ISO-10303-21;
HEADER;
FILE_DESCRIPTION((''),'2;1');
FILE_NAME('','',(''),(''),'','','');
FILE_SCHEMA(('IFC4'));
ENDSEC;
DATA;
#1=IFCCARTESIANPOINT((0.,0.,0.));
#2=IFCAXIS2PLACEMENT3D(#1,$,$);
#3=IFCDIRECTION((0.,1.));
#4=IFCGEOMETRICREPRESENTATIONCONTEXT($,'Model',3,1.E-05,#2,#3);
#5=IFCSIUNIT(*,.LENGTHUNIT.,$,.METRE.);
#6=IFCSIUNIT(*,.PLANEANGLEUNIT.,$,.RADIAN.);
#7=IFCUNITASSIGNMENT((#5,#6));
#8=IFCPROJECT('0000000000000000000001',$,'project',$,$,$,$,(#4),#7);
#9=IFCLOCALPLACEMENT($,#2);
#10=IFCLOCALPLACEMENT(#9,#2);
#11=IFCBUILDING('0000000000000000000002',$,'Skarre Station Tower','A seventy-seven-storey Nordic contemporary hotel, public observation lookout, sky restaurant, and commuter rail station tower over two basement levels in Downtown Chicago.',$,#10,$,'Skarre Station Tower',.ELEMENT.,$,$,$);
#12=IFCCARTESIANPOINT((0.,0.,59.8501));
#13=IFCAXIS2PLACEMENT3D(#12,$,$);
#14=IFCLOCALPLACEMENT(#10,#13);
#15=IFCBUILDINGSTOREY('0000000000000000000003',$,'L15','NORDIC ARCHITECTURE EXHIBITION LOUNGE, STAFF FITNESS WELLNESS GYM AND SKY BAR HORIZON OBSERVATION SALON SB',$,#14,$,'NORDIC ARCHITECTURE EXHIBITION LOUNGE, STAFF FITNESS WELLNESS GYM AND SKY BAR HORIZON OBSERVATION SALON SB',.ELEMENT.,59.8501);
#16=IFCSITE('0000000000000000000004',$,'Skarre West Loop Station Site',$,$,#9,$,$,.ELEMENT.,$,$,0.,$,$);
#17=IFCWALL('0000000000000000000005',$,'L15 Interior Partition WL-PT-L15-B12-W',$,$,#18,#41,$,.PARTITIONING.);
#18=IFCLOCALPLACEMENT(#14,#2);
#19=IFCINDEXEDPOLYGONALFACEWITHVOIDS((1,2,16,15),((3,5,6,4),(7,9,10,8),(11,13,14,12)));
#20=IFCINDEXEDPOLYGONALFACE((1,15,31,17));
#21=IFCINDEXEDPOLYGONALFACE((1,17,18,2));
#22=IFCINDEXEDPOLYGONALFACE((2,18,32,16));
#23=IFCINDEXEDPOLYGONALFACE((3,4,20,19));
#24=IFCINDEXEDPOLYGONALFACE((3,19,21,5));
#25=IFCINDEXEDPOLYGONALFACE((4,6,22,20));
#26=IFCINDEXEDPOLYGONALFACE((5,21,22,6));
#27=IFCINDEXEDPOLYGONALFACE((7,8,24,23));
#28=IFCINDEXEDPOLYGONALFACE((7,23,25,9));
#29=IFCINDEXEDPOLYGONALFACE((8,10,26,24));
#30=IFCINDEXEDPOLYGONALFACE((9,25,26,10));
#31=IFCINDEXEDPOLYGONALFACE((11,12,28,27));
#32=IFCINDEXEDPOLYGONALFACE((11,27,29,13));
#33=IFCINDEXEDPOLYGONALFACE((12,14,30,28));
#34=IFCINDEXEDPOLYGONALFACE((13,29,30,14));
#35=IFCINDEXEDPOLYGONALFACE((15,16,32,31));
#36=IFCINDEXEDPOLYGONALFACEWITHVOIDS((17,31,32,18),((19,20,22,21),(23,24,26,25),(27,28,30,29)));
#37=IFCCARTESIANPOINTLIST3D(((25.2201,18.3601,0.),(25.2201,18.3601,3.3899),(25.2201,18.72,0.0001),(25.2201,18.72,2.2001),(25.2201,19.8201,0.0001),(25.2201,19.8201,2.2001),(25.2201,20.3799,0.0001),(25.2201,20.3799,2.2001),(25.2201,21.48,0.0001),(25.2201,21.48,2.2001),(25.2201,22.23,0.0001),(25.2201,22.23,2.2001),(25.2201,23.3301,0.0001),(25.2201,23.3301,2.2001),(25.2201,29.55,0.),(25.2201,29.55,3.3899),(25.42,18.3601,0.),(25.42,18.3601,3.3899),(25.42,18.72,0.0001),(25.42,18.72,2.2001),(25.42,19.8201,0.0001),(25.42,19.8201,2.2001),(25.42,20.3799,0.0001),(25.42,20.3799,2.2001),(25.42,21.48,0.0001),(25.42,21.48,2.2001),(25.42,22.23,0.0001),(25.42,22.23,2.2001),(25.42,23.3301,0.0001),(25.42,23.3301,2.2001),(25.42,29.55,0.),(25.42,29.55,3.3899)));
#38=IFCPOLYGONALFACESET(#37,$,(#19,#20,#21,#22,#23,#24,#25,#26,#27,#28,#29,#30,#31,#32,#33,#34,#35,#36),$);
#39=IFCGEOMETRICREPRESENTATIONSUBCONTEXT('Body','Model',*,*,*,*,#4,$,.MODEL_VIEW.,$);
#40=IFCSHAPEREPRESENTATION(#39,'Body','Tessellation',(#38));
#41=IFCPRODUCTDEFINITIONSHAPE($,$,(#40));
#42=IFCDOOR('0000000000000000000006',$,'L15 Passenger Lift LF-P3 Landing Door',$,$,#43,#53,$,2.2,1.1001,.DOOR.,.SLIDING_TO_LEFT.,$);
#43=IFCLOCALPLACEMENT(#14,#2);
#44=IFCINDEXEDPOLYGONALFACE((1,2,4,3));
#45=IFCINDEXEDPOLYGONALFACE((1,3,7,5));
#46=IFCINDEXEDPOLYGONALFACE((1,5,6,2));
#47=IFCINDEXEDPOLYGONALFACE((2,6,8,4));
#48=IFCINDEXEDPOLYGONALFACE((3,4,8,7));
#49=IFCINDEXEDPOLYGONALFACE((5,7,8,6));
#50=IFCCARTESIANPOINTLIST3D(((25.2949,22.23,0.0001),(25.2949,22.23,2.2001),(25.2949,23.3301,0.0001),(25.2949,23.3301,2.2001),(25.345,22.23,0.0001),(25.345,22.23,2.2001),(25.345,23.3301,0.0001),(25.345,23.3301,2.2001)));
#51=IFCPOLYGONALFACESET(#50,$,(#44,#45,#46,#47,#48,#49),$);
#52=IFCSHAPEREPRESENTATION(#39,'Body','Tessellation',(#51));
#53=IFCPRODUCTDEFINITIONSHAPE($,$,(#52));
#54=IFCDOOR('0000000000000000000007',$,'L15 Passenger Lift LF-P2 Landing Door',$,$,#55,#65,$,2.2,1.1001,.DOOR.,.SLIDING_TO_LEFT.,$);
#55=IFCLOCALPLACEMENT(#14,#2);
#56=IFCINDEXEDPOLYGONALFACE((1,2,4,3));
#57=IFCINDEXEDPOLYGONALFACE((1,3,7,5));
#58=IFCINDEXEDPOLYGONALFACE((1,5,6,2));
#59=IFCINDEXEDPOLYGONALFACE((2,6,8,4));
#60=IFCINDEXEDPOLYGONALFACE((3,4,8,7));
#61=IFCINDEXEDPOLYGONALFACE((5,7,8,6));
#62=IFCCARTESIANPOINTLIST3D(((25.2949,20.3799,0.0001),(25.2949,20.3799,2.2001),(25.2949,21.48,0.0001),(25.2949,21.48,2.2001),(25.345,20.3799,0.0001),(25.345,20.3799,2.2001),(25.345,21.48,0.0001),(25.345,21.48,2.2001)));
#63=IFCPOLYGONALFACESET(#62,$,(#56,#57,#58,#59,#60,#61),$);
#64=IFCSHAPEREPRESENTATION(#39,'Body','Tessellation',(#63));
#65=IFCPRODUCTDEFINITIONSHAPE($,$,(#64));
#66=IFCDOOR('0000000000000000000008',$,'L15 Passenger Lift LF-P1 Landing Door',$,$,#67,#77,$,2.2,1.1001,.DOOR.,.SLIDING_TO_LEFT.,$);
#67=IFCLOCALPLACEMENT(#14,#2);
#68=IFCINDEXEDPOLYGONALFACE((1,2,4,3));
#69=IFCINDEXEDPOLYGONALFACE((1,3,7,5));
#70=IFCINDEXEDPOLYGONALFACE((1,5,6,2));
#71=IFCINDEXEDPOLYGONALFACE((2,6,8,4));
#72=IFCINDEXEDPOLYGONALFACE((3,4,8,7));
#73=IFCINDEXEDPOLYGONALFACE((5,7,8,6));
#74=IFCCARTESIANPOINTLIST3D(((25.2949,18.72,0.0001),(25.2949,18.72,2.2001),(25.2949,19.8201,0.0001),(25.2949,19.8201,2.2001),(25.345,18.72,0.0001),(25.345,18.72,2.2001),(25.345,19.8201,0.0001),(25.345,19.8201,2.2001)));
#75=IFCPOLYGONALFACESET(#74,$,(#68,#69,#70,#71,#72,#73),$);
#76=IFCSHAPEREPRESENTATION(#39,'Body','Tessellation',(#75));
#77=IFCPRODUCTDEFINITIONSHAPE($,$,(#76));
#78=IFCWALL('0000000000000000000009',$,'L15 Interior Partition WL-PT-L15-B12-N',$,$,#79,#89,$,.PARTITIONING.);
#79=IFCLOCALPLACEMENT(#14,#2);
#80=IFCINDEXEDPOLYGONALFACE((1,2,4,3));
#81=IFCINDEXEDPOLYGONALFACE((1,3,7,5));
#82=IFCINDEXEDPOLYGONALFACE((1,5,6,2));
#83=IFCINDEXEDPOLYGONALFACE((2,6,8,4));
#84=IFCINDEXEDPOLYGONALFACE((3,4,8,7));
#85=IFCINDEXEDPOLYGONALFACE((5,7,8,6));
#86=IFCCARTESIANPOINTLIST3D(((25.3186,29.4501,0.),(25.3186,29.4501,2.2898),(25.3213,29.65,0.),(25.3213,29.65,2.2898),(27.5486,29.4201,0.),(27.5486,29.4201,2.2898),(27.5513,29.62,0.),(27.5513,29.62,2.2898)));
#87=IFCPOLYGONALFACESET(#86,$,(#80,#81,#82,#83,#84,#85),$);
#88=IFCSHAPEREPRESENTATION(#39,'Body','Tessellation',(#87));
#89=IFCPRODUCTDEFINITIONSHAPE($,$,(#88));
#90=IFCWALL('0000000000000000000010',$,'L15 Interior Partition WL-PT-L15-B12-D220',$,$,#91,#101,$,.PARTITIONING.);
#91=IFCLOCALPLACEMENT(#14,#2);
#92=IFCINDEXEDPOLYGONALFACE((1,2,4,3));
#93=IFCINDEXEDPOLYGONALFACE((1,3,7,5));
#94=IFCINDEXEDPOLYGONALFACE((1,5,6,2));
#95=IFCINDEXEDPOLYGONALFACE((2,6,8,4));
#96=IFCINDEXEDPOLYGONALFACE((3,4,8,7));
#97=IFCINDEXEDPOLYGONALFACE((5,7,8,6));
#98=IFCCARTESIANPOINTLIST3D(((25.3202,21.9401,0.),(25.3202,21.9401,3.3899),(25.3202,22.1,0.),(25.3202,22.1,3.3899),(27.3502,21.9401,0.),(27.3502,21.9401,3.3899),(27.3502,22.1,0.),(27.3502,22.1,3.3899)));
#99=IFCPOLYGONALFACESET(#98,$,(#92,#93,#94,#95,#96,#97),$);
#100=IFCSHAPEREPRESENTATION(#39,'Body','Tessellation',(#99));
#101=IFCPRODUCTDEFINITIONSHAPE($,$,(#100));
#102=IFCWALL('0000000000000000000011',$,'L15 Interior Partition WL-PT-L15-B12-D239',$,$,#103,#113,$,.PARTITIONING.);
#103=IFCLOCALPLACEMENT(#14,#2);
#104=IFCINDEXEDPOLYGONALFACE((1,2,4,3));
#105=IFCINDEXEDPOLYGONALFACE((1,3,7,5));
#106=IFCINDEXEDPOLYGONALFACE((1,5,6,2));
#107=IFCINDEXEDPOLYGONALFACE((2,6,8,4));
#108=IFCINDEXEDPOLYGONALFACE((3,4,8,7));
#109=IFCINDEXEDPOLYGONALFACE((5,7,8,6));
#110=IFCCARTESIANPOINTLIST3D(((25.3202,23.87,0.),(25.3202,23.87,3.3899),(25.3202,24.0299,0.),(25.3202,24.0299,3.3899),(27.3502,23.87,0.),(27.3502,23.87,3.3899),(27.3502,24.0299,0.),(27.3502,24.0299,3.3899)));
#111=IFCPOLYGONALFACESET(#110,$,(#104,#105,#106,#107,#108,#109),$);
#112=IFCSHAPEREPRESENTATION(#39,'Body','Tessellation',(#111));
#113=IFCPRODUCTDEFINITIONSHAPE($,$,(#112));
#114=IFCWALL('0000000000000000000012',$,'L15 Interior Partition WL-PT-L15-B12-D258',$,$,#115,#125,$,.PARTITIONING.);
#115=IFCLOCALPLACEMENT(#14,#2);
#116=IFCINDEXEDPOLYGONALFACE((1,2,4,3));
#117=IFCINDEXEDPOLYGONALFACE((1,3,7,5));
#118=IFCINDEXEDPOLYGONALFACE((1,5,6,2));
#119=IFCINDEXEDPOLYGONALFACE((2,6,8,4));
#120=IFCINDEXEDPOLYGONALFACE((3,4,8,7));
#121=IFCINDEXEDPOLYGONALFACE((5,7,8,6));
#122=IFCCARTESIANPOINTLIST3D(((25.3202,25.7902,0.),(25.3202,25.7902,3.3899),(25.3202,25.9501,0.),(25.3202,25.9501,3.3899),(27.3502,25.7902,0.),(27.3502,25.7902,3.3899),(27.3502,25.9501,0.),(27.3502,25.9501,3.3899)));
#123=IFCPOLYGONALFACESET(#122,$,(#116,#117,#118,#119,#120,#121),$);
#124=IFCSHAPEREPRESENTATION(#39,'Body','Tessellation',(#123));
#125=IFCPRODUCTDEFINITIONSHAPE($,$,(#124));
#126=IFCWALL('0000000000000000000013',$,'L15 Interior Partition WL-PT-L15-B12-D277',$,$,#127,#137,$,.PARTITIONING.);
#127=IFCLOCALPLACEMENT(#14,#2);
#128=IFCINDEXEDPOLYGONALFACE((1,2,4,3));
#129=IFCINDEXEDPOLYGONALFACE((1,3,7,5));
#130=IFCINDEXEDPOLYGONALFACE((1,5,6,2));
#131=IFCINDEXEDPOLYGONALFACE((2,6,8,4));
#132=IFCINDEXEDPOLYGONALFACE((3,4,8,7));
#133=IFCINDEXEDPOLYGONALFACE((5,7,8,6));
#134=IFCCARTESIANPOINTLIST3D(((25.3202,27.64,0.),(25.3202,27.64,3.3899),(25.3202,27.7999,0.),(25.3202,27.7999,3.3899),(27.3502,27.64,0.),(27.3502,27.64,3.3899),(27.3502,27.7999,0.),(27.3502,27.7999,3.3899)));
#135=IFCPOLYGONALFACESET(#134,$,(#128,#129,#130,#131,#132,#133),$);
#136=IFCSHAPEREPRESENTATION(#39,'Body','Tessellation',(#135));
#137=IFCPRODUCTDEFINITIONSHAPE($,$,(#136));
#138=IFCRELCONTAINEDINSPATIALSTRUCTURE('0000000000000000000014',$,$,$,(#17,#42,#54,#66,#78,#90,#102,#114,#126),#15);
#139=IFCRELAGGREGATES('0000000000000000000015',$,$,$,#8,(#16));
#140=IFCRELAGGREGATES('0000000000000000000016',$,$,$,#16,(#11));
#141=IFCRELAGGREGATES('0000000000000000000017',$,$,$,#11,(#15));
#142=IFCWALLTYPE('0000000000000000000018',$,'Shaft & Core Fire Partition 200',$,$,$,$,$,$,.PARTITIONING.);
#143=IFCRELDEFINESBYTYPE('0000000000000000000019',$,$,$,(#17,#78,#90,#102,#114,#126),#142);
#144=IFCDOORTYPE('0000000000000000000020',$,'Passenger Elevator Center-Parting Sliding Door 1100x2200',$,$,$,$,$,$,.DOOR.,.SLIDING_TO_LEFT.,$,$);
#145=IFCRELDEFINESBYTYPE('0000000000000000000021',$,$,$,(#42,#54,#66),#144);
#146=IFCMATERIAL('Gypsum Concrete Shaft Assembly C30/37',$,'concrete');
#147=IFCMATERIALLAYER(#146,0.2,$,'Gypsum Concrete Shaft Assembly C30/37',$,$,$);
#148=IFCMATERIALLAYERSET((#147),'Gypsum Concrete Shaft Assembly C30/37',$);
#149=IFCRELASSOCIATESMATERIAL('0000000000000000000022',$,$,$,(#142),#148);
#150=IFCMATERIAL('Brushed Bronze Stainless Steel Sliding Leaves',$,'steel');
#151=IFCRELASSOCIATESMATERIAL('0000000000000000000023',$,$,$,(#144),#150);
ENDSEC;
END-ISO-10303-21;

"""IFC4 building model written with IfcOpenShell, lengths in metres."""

from ifc_helpers import new_model, si_unit, direction, frame, frame_2d, origin, place, context, subcontext, project, spatial, rectangle, extrude, material, layer, layer_set, type_object, element, fill, save


model = new_model("IFC4")

# Units and contexts
model_context = context("Model", 3, precision=1e-05, world=origin(), true_north=direction((0.0, 1.0)))
body_context = subcontext(model_context, "Body", "Model", "MODEL_VIEW")
ifc_project = project(units=[si_unit("LENGTHUNIT", "METRE"), si_unit("PLANEANGLEUNIT", "RADIAN")], contexts=[model_context])

# Site, building, storey
site_placement = place(None, origin())
site = spatial("IfcSite", under=ifc_project, at=site_placement, Name="Skarre West Loop Station Site", CompositionType="ELEMENT", RefElevation=0.0)
building_placement = place(site_placement, origin())
building = spatial("IfcBuilding", under=site, at=building_placement, Name="Skarre Station Tower", Description="A seventy-seven-storey Nordic contemporary hotel, public observation lookout, sky restaurant, and commuter rail station tower over two basement levels in Downtown Chicago.", LongName="Skarre Station Tower", CompositionType="ELEMENT")
storey_placement = place(building_placement, frame((0.0, 0.0, 59.8501)))
storey = spatial("IfcBuildingStorey", under=building, at=storey_placement, Name="L15", Description="NORDIC ARCHITECTURE EXHIBITION LOUNGE, STAFF FITNESS WELLNESS GYM AND SKY BAR HORIZON OBSERVATION SALON SB", LongName="NORDIC ARCHITECTURE EXHIBITION LOUNGE, STAFF FITNESS WELLNESS GYM AND SKY BAR HORIZON OBSERVATION SALON SB", CompositionType="ELEMENT", Elevation=59.8501)

# Shared definitions
ifc_material_1 = material(Name="Gypsum Concrete Shaft Assembly C30/37", Category="concrete")
ifc_layer_1 = layer(ifc_material_1, 0.2, Name="Gypsum Concrete Shaft Assembly C30/37")
ifc_layer_set_1 = layer_set([ifc_layer_1], Name="Gypsum Concrete Shaft Assembly C30/37")
wall_type_1 = type_object("IfcWallType", Name="Shaft & Core Fire Partition 200", PredefinedType="PARTITIONING", material=ifc_layer_set_1)

# Wall, openings, doors
wall_1_placement = place(storey_placement, frame((25.3201, 29.55, 0.0), z_axis=(0.0, 0.0, 1.0), x_axis=(0.0, -1.0, 0.0)))
wall_1 = element("IfcWall", 1, at=wall_1_placement, inside=storey, type_object=wall_type_1, Name="L15 Interior Partition WL-PT-L15-B12-W", PredefinedType="PARTITIONING", context=body_context, shape_type="SweptSolid", body=[
    extrude(rectangle(XDim=11.1899, YDim=0.2, at=frame_2d((5.595, 0.0))), origin(), (0.0, 0.0, 1.0), 3.3899),
])
opening_1_placement = place(wall_1_placement, frame((6.22, 0.0, 0.0)))
opening_1 = element("IfcOpeningElement", 2, at=opening_1_placement, cuts=wall_1, PredefinedType="OPENING", context=body_context, shape_type="SweptSolid", body=[
    extrude(rectangle(XDim=1.1001, YDim=2.2, at=frame_2d((0.55, 1.1001))), frame((0.0, 0.1099, 0.0), z_axis=(0.0, -1.0, 0.0), x_axis=(1.0, 0.0, 0.0)), (0.0, 0.0, 1.0), 0.22),
])
opening_2_placement = place(wall_1_placement, frame((8.0701, 0.0, 0.0)))
opening_2 = element("IfcOpeningElement", 3, at=opening_2_placement, cuts=wall_1, PredefinedType="OPENING", context=body_context, shape_type="SweptSolid", body=[
    extrude(rectangle(XDim=1.1001, YDim=2.2, at=frame_2d((0.55, 1.1001))), frame((0.0, 0.1099, 0.0), z_axis=(0.0, -1.0, 0.0), x_axis=(1.0, 0.0, 0.0)), (0.0, 0.0, 1.0), 0.22),
])
opening_3_placement = place(wall_1_placement, frame((9.73, 0.0, 0.0)))
opening_3 = element("IfcOpeningElement", 4, at=opening_3_placement, cuts=wall_1, PredefinedType="OPENING", context=body_context, shape_type="SweptSolid", body=[
    extrude(rectangle(XDim=1.1001, YDim=2.2, at=frame_2d((0.55, 1.1001))), frame((0.0, 0.1099, 0.0), z_axis=(0.0, -1.0, 0.0), x_axis=(1.0, 0.0, 0.0)), (0.0, 0.0, 1.0), 0.22),
])
ifc_material_2 = material(Name="Brushed Bronze Stainless Steel Sliding Leaves", Category="steel")
door_type_1 = type_object("IfcDoorType", Name="Passenger Elevator Center-Parting Sliding Door 1100x2200", OperationType="SLIDING_TO_LEFT", PredefinedType="DOOR", material=ifc_material_2)
door_1_placement = place(opening_1_placement, origin())
door_1 = element("IfcDoor", 5, at=door_1_placement, inside=storey, type_object=door_type_1, Name="L15 Passenger Lift LF-P3 Landing Door", OperationType="SLIDING_TO_LEFT", OverallHeight=2.2, OverallWidth=1.1001, PredefinedType="DOOR", context=body_context, shape_type="SweptSolid", body=[
    extrude(rectangle(XDim=1.1001, YDim=2.2, at=frame_2d((0.55, 1.1001))), frame((0.0, 0.0249, 0.0), z_axis=(0.0, -1.0, 0.0), x_axis=(1.0, 0.0, 0.0)), (0.0, 0.0, 1.0), 0.05),
])
fill(opening_1, door_1)
door_2_placement = place(opening_2_placement, origin())
door_2 = element("IfcDoor", 6, at=door_2_placement, inside=storey, type_object=door_type_1, Name="L15 Passenger Lift LF-P2 Landing Door", OperationType="SLIDING_TO_LEFT", OverallHeight=2.2, OverallWidth=1.1001, PredefinedType="DOOR", context=body_context, shape_type="SweptSolid", body=[
    extrude(rectangle(XDim=1.1001, YDim=2.2, at=frame_2d((0.55, 1.1001))), frame((0.0, 0.0249, 0.0), z_axis=(0.0, -1.0, 0.0), x_axis=(1.0, 0.0, 0.0)), (0.0, 0.0, 1.0), 0.05),
])
fill(opening_2, door_2)
door_3_placement = place(opening_3_placement, origin())
door_3 = element("IfcDoor", 7, at=door_3_placement, inside=storey, type_object=door_type_1, Name="L15 Passenger Lift LF-P1 Landing Door", OperationType="SLIDING_TO_LEFT", OverallHeight=2.2, OverallWidth=1.1001, PredefinedType="DOOR", context=body_context, shape_type="SweptSolid", body=[
    extrude(rectangle(XDim=1.1001, YDim=2.2, at=frame_2d((0.55, 1.1001))), frame((0.0, 0.0249, 0.0), z_axis=(0.0, -1.0, 0.0), x_axis=(1.0, 0.0, 0.0)), (0.0, 0.0, 1.0), 0.05),
])
fill(opening_3, door_3)

# Walls
wall_2_placement = place(storey_placement, frame((27.55, 29.52, 0.0), z_axis=(0.0, 0.0, 1.0), x_axis=(-0.999909, 0.013465, 0.0)))
element("IfcWall", 8, at=wall_2_placement, inside=storey, type_object=wall_type_1, Name="L15 Interior Partition WL-PT-L15-B12-N", PredefinedType="PARTITIONING", context=body_context, shape_type="SweptSolid", body=[
    extrude(rectangle(XDim=2.2302, YDim=0.2, at=frame_2d((1.1152, 0.0))), origin(), (0.0, 0.0, 1.0), 2.2898),
])
for number, where, z_axis, x_axis, name in (
    (9, (25.3201, 22.02, 0.0), (0.0, 0.0, 1.0), (1.0, 0.0, 0.0), "L15 Interior Partition WL-PT-L15-B12-D220"),
    (10, (25.3201, 23.95, 0.0), (0.0, 0.0, 1.0), (1.0, 0.0, 0.0), "L15 Interior Partition WL-PT-L15-B12-D239"),
    (11, (25.3201, 25.8701, 0.0), (0.0, 0.0, 1.0), (1.0, 0.0, 0.0), "L15 Interior Partition WL-PT-L15-B12-D258"),
    (12, (25.3201, 27.72, 0.0), (0.0, 0.0, 1.0), (1.0, 0.0, 0.0), "L15 Interior Partition WL-PT-L15-B12-D277"),
):
    element("IfcWall", number, at=place(storey_placement, frame(where, z_axis=z_axis, x_axis=x_axis)), inside=storey, type_object=wall_type_1, Name=name, PredefinedType="PARTITIONING", context=body_context, shape_type="SweptSolid", body=[
        extrude(rectangle(XDim=2.03, YDim=0.1599, at=frame_2d((1.0151, 0.0))), origin(), (0.0, 0.0, 1.0), 3.3899),
    ])

save(model, "model.ifc")
